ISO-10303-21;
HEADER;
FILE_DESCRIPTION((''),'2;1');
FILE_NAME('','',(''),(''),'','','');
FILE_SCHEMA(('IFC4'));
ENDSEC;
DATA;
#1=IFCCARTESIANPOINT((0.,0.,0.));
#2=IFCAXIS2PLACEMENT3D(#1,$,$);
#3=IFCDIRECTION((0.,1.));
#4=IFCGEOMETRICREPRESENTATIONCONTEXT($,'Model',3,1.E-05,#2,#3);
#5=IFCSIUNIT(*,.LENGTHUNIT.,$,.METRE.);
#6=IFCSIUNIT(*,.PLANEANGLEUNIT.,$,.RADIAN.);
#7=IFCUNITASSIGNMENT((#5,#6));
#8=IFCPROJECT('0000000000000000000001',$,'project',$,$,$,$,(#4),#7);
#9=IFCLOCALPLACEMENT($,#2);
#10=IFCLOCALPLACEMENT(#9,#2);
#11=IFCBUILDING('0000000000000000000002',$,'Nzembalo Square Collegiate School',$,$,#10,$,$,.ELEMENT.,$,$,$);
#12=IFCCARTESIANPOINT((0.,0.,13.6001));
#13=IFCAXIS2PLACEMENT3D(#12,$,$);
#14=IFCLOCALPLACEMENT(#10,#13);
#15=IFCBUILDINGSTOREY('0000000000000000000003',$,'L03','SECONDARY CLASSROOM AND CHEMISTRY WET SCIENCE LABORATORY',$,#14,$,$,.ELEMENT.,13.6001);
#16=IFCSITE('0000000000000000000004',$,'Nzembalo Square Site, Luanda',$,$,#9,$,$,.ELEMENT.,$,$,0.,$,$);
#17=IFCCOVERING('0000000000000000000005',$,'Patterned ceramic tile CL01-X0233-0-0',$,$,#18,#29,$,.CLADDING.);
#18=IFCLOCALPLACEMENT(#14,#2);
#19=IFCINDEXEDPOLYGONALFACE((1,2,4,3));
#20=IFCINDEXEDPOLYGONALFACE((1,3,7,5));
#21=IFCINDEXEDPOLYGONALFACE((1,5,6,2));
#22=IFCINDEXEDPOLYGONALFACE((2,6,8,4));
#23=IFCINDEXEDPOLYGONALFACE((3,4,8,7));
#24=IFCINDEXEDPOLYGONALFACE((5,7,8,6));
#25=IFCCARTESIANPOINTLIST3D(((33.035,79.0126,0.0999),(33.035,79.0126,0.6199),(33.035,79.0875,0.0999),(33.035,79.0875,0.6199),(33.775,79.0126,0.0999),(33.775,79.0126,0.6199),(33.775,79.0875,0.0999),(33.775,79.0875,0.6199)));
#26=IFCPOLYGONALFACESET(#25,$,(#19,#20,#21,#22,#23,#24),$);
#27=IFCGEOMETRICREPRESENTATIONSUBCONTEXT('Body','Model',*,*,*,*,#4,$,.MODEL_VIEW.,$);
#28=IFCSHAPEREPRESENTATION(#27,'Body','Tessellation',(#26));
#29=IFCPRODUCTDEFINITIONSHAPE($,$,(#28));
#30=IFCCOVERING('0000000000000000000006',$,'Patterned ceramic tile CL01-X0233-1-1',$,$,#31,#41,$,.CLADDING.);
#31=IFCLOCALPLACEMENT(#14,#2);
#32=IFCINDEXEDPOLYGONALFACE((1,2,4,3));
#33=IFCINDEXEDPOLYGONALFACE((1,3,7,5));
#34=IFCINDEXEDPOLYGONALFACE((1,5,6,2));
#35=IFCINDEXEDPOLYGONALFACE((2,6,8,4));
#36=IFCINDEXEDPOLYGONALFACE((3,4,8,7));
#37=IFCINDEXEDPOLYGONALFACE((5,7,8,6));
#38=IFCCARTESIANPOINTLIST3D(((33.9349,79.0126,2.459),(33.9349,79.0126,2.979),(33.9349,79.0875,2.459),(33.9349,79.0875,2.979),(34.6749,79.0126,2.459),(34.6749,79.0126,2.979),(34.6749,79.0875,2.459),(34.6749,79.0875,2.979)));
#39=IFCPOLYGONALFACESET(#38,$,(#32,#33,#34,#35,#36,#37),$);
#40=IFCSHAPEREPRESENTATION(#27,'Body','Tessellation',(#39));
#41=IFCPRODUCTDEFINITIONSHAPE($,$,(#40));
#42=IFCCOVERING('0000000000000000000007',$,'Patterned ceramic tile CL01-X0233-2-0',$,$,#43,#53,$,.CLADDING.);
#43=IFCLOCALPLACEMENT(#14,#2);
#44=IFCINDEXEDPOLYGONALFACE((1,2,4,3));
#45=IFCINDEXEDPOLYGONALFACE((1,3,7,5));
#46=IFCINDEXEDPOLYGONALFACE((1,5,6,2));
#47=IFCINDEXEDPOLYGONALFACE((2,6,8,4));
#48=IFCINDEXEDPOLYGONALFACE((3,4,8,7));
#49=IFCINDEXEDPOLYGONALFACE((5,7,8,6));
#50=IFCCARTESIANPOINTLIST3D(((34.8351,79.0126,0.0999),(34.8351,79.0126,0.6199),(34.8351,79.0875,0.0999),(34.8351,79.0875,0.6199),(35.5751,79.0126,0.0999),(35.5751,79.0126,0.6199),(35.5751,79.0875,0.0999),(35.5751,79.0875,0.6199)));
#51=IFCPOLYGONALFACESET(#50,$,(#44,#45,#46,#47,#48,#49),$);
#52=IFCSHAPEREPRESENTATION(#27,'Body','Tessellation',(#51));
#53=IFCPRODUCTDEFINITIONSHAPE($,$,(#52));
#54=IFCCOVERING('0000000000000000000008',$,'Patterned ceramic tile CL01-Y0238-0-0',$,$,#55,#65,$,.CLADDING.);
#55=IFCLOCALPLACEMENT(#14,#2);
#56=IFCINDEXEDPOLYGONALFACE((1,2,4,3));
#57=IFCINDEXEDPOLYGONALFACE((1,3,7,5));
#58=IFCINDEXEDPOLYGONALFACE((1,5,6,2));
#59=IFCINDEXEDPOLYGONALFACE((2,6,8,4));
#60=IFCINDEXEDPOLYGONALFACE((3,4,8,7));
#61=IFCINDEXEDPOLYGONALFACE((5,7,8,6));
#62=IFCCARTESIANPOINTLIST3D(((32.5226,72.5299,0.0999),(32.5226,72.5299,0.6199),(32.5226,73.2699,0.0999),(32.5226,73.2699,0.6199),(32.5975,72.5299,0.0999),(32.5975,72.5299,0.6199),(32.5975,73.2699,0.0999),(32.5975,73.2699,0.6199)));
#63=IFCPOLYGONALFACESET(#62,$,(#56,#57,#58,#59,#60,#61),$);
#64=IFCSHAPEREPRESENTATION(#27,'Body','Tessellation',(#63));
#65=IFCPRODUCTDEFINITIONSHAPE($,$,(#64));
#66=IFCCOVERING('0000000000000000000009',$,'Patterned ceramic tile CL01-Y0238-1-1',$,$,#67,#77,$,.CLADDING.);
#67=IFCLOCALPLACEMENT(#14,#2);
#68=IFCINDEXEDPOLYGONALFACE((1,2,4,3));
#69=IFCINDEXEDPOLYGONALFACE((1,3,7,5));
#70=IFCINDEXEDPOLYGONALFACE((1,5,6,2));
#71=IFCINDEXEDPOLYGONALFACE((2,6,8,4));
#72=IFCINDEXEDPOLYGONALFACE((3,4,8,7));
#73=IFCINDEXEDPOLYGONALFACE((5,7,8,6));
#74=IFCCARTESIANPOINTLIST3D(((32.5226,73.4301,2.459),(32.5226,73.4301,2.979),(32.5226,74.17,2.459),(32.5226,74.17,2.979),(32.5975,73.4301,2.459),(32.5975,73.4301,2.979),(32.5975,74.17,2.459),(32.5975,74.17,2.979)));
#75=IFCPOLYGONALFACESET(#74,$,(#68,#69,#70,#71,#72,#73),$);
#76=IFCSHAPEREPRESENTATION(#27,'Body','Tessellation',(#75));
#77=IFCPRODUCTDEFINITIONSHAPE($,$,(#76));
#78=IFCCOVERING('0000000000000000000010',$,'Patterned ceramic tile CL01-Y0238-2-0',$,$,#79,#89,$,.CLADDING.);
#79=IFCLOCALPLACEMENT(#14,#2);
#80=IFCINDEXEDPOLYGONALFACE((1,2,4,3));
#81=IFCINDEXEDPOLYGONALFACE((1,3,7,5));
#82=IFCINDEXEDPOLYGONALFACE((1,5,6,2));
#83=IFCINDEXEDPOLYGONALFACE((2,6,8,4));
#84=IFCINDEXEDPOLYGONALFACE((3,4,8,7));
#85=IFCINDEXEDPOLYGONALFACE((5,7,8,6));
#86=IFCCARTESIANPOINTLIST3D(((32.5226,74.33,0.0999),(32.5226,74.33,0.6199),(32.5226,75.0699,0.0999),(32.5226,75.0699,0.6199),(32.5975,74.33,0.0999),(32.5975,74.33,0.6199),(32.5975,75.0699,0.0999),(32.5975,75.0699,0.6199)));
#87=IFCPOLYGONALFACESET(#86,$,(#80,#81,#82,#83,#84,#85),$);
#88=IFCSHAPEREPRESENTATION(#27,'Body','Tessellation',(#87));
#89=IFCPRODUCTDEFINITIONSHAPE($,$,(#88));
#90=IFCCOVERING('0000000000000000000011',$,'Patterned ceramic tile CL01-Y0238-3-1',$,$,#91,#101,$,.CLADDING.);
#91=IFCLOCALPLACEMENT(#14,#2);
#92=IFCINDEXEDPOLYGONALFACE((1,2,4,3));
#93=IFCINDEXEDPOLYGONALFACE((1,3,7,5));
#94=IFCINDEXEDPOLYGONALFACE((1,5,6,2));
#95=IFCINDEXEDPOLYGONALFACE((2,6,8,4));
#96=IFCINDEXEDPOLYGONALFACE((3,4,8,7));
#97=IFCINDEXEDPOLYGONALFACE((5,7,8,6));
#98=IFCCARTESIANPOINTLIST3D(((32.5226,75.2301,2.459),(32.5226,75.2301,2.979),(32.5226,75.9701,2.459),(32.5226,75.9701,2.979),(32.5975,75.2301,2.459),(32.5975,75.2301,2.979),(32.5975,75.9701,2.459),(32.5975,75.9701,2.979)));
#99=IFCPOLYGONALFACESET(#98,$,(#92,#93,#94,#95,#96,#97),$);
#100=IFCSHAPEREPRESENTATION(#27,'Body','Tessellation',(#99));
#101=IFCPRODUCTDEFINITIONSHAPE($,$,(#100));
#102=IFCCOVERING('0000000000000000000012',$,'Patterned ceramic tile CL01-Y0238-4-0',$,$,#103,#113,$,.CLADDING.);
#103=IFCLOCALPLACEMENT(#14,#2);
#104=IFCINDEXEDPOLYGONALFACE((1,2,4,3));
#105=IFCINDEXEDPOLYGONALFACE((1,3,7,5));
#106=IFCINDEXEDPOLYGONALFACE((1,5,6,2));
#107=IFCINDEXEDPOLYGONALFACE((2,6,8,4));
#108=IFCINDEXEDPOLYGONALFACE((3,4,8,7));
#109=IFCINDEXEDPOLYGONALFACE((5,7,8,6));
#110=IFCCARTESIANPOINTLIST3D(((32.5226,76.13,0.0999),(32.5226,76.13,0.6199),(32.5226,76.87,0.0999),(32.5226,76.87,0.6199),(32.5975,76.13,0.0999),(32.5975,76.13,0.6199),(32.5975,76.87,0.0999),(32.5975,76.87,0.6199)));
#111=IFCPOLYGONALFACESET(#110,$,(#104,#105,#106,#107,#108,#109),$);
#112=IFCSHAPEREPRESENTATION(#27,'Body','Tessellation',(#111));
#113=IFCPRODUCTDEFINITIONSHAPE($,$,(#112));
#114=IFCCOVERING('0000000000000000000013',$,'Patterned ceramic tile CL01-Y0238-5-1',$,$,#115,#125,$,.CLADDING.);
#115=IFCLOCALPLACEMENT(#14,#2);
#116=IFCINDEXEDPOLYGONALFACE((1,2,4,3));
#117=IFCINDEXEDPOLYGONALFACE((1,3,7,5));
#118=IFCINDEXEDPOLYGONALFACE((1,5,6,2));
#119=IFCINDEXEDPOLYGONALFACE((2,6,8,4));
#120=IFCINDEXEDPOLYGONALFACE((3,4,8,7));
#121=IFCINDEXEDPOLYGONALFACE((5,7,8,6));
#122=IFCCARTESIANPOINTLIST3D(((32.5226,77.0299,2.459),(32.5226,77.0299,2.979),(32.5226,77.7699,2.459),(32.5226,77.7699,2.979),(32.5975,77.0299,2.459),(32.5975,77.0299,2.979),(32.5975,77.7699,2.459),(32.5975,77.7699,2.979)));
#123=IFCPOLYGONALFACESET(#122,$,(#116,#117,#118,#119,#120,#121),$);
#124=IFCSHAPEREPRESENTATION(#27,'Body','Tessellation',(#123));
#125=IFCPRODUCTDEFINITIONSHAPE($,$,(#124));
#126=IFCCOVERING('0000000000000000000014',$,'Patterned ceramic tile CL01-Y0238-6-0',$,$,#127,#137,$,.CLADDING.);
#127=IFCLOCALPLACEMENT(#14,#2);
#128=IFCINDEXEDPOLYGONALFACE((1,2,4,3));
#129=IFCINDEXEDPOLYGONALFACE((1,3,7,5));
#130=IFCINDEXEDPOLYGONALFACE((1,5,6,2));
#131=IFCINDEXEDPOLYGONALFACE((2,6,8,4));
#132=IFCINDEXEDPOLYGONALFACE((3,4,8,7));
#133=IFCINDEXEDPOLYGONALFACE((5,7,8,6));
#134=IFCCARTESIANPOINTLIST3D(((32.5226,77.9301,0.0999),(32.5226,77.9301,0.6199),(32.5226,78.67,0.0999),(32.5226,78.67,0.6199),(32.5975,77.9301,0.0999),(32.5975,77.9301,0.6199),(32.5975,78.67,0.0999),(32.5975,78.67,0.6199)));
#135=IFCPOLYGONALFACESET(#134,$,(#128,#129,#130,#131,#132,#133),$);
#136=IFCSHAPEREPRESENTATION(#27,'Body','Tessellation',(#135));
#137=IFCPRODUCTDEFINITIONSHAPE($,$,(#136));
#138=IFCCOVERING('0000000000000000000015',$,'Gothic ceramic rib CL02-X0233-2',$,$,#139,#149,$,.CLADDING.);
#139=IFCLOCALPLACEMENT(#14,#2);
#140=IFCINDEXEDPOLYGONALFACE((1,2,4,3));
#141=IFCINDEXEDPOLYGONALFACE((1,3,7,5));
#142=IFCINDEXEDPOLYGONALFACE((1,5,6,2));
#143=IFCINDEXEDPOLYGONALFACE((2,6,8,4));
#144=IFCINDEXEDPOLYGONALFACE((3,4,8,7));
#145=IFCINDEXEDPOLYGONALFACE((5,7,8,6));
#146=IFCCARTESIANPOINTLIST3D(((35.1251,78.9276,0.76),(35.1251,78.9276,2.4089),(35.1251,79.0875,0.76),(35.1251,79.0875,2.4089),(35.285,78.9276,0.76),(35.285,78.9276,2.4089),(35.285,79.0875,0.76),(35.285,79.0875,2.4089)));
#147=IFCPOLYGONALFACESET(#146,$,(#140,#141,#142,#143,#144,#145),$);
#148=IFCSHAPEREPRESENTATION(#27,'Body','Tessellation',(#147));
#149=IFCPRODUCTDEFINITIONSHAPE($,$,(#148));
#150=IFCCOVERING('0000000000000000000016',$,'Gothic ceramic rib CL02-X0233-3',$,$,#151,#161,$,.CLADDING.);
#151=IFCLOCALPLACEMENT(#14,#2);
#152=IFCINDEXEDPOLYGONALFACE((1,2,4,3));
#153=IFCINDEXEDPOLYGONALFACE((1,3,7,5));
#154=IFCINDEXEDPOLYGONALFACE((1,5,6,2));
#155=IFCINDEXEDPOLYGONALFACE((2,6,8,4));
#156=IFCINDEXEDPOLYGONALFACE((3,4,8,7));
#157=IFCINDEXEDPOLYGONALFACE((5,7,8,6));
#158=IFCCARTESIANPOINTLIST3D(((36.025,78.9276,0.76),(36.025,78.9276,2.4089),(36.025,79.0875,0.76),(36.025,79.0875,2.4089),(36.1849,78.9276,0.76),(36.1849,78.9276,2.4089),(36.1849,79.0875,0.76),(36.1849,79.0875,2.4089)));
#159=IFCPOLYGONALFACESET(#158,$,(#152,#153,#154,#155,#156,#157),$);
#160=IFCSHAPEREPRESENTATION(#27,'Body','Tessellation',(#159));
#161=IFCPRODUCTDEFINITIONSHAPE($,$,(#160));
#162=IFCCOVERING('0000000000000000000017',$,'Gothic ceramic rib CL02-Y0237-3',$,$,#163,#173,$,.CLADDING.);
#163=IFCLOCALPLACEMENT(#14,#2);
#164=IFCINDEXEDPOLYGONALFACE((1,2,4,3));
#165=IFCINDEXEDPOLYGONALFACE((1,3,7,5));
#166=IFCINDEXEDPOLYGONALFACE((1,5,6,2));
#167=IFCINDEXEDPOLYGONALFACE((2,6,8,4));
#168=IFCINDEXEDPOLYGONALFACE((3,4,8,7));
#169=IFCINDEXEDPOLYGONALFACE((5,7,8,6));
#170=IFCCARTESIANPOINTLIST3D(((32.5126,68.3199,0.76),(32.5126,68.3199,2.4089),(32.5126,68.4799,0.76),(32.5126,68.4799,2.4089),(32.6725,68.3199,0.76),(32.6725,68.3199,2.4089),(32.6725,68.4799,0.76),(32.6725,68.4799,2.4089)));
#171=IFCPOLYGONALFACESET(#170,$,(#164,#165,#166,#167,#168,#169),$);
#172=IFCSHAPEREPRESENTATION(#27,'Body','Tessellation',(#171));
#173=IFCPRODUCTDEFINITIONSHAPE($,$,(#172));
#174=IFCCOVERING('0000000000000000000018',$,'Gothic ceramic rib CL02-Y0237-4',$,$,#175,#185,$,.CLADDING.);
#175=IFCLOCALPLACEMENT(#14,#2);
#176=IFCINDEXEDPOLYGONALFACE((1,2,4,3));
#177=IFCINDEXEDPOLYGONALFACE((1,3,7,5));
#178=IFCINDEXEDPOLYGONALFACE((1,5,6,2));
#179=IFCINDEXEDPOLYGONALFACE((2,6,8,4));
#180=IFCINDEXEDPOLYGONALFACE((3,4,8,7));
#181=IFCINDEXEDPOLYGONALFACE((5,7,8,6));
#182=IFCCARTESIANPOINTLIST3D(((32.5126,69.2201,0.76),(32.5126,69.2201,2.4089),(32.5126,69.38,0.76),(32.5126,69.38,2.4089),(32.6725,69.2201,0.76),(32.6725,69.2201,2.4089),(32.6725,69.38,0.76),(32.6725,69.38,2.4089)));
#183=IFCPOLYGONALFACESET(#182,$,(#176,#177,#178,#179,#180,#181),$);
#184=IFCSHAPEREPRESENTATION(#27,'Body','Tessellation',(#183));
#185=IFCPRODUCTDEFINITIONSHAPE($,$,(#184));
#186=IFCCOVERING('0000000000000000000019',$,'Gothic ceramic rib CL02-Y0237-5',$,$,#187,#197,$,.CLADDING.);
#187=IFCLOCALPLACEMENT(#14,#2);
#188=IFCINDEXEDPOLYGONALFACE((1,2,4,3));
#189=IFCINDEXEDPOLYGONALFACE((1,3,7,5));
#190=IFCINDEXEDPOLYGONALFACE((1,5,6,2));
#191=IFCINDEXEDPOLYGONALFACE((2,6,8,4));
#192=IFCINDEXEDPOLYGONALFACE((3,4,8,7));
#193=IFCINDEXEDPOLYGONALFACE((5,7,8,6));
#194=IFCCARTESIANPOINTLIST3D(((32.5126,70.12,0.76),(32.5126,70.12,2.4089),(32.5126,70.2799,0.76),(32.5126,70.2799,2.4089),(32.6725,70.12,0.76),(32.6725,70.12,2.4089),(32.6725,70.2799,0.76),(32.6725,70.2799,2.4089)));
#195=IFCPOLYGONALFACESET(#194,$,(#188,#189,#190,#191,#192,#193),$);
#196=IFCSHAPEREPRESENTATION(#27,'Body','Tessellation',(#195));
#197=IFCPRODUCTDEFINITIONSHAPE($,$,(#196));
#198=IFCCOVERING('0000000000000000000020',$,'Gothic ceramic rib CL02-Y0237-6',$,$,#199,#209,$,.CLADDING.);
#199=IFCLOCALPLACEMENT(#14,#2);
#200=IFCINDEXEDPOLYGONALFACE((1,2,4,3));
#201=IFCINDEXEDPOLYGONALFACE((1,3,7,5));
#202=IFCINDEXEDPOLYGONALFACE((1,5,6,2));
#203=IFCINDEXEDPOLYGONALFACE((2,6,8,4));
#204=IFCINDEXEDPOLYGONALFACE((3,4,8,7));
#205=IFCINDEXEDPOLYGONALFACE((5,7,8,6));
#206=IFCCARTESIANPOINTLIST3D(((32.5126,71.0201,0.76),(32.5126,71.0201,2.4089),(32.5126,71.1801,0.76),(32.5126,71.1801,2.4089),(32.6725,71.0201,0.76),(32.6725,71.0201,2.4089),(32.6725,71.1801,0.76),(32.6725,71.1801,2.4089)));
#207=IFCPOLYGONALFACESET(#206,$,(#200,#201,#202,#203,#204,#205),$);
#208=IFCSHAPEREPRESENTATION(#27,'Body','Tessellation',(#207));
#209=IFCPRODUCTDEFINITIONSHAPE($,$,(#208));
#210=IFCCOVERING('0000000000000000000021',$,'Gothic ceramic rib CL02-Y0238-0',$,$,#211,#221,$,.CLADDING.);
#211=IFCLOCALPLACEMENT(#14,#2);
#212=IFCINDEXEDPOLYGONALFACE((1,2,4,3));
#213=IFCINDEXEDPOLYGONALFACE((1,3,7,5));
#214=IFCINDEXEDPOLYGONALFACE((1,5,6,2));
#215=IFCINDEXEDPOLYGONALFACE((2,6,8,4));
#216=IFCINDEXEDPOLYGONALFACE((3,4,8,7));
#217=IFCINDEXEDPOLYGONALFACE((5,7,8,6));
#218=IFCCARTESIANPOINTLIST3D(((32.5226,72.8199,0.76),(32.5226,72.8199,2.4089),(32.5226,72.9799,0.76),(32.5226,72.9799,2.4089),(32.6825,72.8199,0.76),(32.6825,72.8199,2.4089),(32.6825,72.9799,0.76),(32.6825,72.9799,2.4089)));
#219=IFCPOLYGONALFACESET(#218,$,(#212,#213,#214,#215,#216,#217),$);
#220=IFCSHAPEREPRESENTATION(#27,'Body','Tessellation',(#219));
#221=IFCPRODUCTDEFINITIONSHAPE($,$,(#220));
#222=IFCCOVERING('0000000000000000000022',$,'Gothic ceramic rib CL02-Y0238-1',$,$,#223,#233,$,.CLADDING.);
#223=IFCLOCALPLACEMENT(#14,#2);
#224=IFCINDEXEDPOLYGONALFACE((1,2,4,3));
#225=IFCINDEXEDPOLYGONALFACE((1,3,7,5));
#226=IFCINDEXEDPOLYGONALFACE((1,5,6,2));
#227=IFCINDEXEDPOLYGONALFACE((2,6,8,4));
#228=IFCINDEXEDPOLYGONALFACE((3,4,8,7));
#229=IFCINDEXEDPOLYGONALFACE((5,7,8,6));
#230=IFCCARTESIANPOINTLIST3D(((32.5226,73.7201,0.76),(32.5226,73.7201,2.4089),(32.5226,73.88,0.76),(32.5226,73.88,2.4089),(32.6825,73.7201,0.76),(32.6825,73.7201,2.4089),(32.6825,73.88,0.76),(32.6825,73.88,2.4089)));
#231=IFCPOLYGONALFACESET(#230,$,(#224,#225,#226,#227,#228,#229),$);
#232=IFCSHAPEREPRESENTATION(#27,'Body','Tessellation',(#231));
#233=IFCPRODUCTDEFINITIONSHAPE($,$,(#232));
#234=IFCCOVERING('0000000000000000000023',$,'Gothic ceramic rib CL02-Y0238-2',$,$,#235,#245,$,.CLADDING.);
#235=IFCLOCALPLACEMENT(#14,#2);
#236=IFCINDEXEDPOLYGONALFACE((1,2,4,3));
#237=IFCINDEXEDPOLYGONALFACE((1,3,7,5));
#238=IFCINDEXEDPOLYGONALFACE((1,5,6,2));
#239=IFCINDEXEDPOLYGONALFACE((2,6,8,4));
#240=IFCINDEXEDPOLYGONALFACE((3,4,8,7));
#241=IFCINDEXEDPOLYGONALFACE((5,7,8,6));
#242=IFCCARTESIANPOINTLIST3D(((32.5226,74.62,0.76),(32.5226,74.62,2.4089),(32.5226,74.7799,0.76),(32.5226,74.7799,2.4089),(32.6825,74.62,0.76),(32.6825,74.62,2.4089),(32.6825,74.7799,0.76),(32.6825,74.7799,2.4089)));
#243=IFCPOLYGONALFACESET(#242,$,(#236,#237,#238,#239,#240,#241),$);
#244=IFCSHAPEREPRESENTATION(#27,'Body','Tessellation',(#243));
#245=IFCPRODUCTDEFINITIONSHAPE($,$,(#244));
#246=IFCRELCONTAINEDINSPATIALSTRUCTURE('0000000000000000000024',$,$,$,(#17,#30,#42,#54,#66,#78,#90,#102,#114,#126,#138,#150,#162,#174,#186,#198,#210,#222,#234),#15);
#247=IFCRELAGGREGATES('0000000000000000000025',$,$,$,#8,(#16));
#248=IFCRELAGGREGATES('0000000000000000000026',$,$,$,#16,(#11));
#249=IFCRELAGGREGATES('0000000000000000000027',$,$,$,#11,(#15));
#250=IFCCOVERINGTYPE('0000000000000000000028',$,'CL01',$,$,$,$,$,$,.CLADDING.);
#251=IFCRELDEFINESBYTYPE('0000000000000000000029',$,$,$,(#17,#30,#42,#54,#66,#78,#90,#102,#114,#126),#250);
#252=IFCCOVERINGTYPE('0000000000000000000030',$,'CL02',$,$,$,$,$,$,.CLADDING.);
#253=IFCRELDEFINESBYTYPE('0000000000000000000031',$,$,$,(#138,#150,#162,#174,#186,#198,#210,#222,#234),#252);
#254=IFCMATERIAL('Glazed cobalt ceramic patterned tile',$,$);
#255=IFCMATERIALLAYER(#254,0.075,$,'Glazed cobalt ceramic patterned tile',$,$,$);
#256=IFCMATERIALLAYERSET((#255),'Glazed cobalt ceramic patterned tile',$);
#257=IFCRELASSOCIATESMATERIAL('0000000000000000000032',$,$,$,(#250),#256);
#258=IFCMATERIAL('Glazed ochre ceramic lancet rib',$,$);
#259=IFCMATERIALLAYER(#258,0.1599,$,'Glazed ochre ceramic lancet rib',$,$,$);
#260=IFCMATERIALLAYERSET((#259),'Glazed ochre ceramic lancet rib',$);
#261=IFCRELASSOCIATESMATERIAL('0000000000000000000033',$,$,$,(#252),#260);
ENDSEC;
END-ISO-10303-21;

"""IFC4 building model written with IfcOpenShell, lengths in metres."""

from ifc_helpers import new_model, si_unit, direction, frame, origin, origin_2d, place, context, subcontext, project, spatial, rectangle, extrude, material, layer, layer_set, type_object, element, save


model = new_model("IFC4")

# Units and contexts
model_context = context("Model", 3, precision=1e-05, world=origin(), true_north=direction((0.0, 1.0)))
body_context = subcontext(model_context, "Body", "Model", "MODEL_VIEW")
ifc_project = project(units=[si_unit("LENGTHUNIT", "METRE"), si_unit("PLANEANGLEUNIT", "RADIAN")], contexts=[model_context])

# Site, building, storey
site_placement = place(None, origin())
site = spatial("IfcSite", under=ifc_project, at=site_placement, Name="Nzembalo Square Site, Luanda", CompositionType="ELEMENT", RefElevation=0.0)
building_placement = place(site_placement, origin())
building = spatial("IfcBuilding", under=site, at=building_placement, Name="Nzembalo Square Collegiate School", CompositionType="ELEMENT")
storey_placement = place(building_placement, frame((0.0, 0.0, 13.6001)))
storey = spatial("IfcBuildingStorey", under=building, at=storey_placement, Name="L03", Description="SECONDARY CLASSROOM AND CHEMISTRY WET SCIENCE LABORATORY", CompositionType="ELEMENT", Elevation=13.6001)

# Coverings
ifc_material_1 = material(Name="Glazed cobalt ceramic patterned tile")
ifc_layer_1 = layer(ifc_material_1, 0.075, Name="Glazed cobalt ceramic patterned tile")
ifc_layer_set_1 = layer_set([ifc_layer_1], Name="Glazed cobalt ceramic patterned tile")
covering_type_1 = type_object("IfcCoveringType", Name="CL01", PredefinedType="CLADDING", material=ifc_layer_set_1)
for number, where, z_axis, x_axis, name in (
    (1, (33.405, 79.05, 0.0999), (0.0, 0.0, 1.0), (1.0, 0.0, 0.0), "Patterned ceramic tile CL01-X0233-0-0"),
    (2, (34.3049, 79.05, 2.459), (0.0, 0.0, 1.0), (1.0, 0.0, 0.0), "Patterned ceramic tile CL01-X0233-1-1"),
    (3, (35.2051, 79.05, 0.0999), (0.0, 0.0, 1.0), (1.0, 0.0, 0.0), "Patterned ceramic tile CL01-X0233-2-0"),
):
    element("IfcCovering", number, at=place(storey_placement, frame(where, z_axis=z_axis, x_axis=x_axis)), inside=storey, type_object=covering_type_1, Name=name, PredefinedType="CLADDING", context=body_context, shape_type="SweptSolid", body=[
        extrude(rectangle(XDim=0.74, YDim=0.075, at=origin_2d()), origin(), (0.0, 0.0, 1.0), 0.52),
    ])
for number, where, z_axis, x_axis, name in (
    (4, (32.5601, 72.8999, 0.0999), (0.0, 0.0, 1.0), (1.0, 0.0, 0.0), "Patterned ceramic tile CL01-Y0238-0-0"),
    (5, (32.5601, 73.8, 2.459), (0.0, 0.0, 1.0), (1.0, 0.0, 0.0), "Patterned ceramic tile CL01-Y0238-1-1"),
    (6, (32.5601, 74.7, 0.0999), (0.0, 0.0, 1.0), (1.0, 0.0, 0.0), "Patterned ceramic tile CL01-Y0238-2-0"),
    (7, (32.5601, 75.6001, 2.459), (0.0, 0.0, 1.0), (1.0, 0.0, 0.0), "Patterned ceramic tile CL01-Y0238-3-1"),
    (8, (32.5601, 76.5, 0.0999), (0.0, 0.0, 1.0), (1.0, 0.0, 0.0), "Patterned ceramic tile CL01-Y0238-4-0"),
    (9, (32.5601, 77.3999, 2.459), (0.0, 0.0, 1.0), (1.0, 0.0, 0.0), "Patterned ceramic tile CL01-Y0238-5-1"),
    (10, (32.5601, 78.3, 0.0999), (0.0, 0.0, 1.0), (1.0, 0.0, 0.0), "Patterned ceramic tile CL01-Y0238-6-0"),
):
    element("IfcCovering", number, at=place(storey_placement, frame(where, z_axis=z_axis, x_axis=x_axis)), inside=storey, type_object=covering_type_1, Name=name, PredefinedType="CLADDING", context=body_context, shape_type="SweptSolid", body=[
        extrude(rectangle(XDim=0.075, YDim=0.74, at=origin_2d()), origin(), (0.0, 0.0, 1.0), 0.52),
    ])
ifc_material_2 = material(Name="Glazed ochre ceramic lancet rib")
ifc_layer_2 = layer(ifc_material_2, 0.1599, Name="Glazed ochre ceramic lancet rib")
ifc_layer_set_2 = layer_set([ifc_layer_2], Name="Glazed ochre ceramic lancet rib")
covering_type_2 = type_object("IfcCoveringType", Name="CL02", PredefinedType="CLADDING", material=ifc_layer_set_2)
for number, where, z_axis, x_axis, name in (
    (11, (35.2051, 79.0076, 0.76), (0.0, 0.0, 1.0), (1.0, 0.0, 0.0), "Gothic ceramic rib CL02-X0233-2"),
    (12, (36.105, 79.0076, 0.76), (0.0, 0.0, 1.0), (1.0, 0.0, 0.0), "Gothic ceramic rib CL02-X0233-3"),
    (13, (32.5925, 68.3999, 0.76), (0.0, 0.0, 1.0), (1.0, 0.0, 0.0), "Gothic ceramic rib CL02-Y0237-3"),
    (14, (32.5925, 69.3, 0.76), (0.0, 0.0, 1.0), (1.0, 0.0, 0.0), "Gothic ceramic rib CL02-Y0237-4"),
    (15, (32.5925, 70.2, 0.76), (0.0, 0.0, 1.0), (1.0, 0.0, 0.0), "Gothic ceramic rib CL02-Y0237-5"),
    (16, (32.5925, 71.1001, 0.76), (0.0, 0.0, 1.0), (1.0, 0.0, 0.0), "Gothic ceramic rib CL02-Y0237-6"),
    (17, (32.6025, 72.8999, 0.76), (0.0, 0.0, 1.0), (1.0, 0.0, 0.0), "Gothic ceramic rib CL02-Y0238-0"),
    (18, (32.6025, 73.8, 0.76), (0.0, 0.0, 1.0), (1.0, 0.0, 0.0), "Gothic ceramic rib CL02-Y0238-1"),
    (19, (32.6025, 74.7, 0.76), (0.0, 0.0, 1.0), (1.0, 0.0, 0.0), "Gothic ceramic rib CL02-Y0238-2"),
):
    element("IfcCovering", number, at=place(storey_placement, frame(where, z_axis=z_axis, x_axis=x_axis)), inside=storey, type_object=covering_type_2, Name=name, PredefinedType="CLADDING", context=body_context, shape_type="SweptSolid", body=[
        extrude(rectangle(XDim=0.1599, YDim=0.1599, at=origin_2d()), origin(), (0.0, 0.0, 1.0), 1.6489),
    ])

save(model, "model.ifc")
